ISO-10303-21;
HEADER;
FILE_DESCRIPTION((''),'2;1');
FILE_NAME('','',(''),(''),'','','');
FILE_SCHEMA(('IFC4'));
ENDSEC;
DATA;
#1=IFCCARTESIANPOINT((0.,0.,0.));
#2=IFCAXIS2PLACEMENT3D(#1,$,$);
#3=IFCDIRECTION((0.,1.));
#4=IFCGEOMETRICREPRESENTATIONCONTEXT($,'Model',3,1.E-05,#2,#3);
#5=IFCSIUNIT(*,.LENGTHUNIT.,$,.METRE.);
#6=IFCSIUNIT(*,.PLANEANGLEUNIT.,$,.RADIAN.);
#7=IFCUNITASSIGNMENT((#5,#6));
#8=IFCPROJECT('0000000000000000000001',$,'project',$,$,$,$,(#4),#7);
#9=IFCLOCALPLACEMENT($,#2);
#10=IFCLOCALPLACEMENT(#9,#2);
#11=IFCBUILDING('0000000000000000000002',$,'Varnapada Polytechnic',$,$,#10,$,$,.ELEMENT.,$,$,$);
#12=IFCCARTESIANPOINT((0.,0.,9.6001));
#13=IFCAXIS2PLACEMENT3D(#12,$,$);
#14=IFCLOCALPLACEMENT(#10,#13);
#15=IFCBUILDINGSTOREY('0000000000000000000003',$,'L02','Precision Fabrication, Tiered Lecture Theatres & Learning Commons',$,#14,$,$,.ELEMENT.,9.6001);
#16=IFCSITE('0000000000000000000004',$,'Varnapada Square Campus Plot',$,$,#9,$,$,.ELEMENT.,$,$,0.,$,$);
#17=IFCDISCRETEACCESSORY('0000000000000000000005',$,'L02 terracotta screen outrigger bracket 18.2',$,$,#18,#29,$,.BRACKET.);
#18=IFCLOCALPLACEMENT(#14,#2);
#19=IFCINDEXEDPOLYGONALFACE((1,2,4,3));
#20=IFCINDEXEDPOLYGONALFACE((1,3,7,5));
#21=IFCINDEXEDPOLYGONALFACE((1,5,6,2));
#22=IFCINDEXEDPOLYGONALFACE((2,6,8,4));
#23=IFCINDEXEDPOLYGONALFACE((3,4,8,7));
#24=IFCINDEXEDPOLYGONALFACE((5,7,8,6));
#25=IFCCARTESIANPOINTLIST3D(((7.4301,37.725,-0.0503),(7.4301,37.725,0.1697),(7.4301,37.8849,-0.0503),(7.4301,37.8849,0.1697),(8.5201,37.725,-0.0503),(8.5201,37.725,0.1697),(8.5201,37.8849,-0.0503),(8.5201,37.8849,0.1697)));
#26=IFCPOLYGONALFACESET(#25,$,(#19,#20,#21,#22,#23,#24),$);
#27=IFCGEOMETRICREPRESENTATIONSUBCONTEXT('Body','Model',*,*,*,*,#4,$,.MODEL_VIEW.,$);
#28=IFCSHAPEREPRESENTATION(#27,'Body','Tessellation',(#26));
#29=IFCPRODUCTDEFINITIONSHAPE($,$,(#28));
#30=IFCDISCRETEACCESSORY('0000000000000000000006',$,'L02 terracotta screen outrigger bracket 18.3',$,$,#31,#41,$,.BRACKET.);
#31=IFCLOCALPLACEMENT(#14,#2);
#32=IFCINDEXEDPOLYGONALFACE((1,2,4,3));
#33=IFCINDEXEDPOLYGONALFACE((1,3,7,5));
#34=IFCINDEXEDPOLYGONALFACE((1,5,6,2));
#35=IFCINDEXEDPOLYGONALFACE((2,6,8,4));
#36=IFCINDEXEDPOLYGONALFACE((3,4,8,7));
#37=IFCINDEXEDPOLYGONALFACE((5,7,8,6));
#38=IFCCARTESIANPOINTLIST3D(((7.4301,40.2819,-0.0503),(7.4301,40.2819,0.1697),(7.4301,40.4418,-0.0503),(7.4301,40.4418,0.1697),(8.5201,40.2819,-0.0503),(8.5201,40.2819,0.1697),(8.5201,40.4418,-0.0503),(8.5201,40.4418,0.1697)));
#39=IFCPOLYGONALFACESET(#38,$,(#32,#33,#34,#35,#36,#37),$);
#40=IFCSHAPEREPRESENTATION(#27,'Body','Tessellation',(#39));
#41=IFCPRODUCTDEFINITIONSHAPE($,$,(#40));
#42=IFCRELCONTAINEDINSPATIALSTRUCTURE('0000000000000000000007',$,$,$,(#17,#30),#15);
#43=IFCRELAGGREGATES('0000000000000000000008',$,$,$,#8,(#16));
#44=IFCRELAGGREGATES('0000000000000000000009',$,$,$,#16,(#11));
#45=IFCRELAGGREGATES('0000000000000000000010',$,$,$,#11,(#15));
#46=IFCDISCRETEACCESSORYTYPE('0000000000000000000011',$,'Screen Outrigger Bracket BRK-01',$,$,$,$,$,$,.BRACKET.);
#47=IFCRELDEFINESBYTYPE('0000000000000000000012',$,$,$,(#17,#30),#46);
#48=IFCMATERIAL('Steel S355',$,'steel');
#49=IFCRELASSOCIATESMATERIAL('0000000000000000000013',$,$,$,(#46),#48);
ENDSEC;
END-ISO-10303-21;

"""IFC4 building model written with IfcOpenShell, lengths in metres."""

from ifc_helpers import new_model, si_unit, direction, frame, origin, origin_2d, place, context, subcontext, project, spatial, rectangle, extrude, material, type_object, element, save


model = new_model("IFC4")

# Units and contexts
model_context = context("Model", 3, precision=1e-05, world=origin(), true_north=direction((0.0, 1.0)))
body_context = subcontext(model_context, "Body", "Model", "MODEL_VIEW")
ifc_project = project(units=[si_unit("LENGTHUNIT", "METRE"), si_unit("PLANEANGLEUNIT", "RADIAN")], contexts=[model_context])

# Site, building, storey
site_placement = place(None, origin())
site = spatial("IfcSite", under=ifc_project, at=site_placement, Name="Varnapada Square Campus Plot", CompositionType="ELEMENT", RefElevation=0.0)
building_placement = place(site_placement, origin())
building = spatial("IfcBuilding", under=site, at=building_placement, Name="Varnapada Polytechnic", CompositionType="ELEMENT")
storey_placement = place(building_placement, frame((0.0, 0.0, 9.6001)))
storey = spatial("IfcBuildingStorey", under=building, at=storey_placement, Name="L02", Description="Precision Fabrication, Tiered Lecture Theatres & Learning Commons", CompositionType="ELEMENT", Elevation=9.6001)

# Discrete accessories
ifc_material_1 = material(Name="Steel S355", Category="steel")
discrete_accessory_type = type_object("IfcDiscreteAccessoryType", Name="Screen Outrigger Bracket BRK-01", PredefinedType="BRACKET", material=ifc_material_1)
for number, where, z_axis, x_axis, name in (
    (1, (7.9751, 37.8049, -0.0503), (0.0, 0.0, 1.0), (0.0, 1.0, 0.0), "L02 terracotta screen outrigger bracket 18.2"),
    (2, (7.9751, 40.3618, -0.0503), (0.0, 0.0, 1.0), (0.0, 1.0, 0.0), "L02 terracotta screen outrigger bracket 18.3"),
):
    element("IfcDiscreteAccessory", number, at=place(storey_placement, frame(where, z_axis=z_axis, x_axis=x_axis)), inside=storey, type_object=discrete_accessory_type, Name=name, PredefinedType="BRACKET", context=body_context, shape_type="SweptSolid", body=[
        extrude(rectangle(XDim=0.1599, YDim=1.0901, at=origin_2d()), origin(), (0.0, 0.0, 1.0), 0.22),
    ])

save(model, "model.ifc")
